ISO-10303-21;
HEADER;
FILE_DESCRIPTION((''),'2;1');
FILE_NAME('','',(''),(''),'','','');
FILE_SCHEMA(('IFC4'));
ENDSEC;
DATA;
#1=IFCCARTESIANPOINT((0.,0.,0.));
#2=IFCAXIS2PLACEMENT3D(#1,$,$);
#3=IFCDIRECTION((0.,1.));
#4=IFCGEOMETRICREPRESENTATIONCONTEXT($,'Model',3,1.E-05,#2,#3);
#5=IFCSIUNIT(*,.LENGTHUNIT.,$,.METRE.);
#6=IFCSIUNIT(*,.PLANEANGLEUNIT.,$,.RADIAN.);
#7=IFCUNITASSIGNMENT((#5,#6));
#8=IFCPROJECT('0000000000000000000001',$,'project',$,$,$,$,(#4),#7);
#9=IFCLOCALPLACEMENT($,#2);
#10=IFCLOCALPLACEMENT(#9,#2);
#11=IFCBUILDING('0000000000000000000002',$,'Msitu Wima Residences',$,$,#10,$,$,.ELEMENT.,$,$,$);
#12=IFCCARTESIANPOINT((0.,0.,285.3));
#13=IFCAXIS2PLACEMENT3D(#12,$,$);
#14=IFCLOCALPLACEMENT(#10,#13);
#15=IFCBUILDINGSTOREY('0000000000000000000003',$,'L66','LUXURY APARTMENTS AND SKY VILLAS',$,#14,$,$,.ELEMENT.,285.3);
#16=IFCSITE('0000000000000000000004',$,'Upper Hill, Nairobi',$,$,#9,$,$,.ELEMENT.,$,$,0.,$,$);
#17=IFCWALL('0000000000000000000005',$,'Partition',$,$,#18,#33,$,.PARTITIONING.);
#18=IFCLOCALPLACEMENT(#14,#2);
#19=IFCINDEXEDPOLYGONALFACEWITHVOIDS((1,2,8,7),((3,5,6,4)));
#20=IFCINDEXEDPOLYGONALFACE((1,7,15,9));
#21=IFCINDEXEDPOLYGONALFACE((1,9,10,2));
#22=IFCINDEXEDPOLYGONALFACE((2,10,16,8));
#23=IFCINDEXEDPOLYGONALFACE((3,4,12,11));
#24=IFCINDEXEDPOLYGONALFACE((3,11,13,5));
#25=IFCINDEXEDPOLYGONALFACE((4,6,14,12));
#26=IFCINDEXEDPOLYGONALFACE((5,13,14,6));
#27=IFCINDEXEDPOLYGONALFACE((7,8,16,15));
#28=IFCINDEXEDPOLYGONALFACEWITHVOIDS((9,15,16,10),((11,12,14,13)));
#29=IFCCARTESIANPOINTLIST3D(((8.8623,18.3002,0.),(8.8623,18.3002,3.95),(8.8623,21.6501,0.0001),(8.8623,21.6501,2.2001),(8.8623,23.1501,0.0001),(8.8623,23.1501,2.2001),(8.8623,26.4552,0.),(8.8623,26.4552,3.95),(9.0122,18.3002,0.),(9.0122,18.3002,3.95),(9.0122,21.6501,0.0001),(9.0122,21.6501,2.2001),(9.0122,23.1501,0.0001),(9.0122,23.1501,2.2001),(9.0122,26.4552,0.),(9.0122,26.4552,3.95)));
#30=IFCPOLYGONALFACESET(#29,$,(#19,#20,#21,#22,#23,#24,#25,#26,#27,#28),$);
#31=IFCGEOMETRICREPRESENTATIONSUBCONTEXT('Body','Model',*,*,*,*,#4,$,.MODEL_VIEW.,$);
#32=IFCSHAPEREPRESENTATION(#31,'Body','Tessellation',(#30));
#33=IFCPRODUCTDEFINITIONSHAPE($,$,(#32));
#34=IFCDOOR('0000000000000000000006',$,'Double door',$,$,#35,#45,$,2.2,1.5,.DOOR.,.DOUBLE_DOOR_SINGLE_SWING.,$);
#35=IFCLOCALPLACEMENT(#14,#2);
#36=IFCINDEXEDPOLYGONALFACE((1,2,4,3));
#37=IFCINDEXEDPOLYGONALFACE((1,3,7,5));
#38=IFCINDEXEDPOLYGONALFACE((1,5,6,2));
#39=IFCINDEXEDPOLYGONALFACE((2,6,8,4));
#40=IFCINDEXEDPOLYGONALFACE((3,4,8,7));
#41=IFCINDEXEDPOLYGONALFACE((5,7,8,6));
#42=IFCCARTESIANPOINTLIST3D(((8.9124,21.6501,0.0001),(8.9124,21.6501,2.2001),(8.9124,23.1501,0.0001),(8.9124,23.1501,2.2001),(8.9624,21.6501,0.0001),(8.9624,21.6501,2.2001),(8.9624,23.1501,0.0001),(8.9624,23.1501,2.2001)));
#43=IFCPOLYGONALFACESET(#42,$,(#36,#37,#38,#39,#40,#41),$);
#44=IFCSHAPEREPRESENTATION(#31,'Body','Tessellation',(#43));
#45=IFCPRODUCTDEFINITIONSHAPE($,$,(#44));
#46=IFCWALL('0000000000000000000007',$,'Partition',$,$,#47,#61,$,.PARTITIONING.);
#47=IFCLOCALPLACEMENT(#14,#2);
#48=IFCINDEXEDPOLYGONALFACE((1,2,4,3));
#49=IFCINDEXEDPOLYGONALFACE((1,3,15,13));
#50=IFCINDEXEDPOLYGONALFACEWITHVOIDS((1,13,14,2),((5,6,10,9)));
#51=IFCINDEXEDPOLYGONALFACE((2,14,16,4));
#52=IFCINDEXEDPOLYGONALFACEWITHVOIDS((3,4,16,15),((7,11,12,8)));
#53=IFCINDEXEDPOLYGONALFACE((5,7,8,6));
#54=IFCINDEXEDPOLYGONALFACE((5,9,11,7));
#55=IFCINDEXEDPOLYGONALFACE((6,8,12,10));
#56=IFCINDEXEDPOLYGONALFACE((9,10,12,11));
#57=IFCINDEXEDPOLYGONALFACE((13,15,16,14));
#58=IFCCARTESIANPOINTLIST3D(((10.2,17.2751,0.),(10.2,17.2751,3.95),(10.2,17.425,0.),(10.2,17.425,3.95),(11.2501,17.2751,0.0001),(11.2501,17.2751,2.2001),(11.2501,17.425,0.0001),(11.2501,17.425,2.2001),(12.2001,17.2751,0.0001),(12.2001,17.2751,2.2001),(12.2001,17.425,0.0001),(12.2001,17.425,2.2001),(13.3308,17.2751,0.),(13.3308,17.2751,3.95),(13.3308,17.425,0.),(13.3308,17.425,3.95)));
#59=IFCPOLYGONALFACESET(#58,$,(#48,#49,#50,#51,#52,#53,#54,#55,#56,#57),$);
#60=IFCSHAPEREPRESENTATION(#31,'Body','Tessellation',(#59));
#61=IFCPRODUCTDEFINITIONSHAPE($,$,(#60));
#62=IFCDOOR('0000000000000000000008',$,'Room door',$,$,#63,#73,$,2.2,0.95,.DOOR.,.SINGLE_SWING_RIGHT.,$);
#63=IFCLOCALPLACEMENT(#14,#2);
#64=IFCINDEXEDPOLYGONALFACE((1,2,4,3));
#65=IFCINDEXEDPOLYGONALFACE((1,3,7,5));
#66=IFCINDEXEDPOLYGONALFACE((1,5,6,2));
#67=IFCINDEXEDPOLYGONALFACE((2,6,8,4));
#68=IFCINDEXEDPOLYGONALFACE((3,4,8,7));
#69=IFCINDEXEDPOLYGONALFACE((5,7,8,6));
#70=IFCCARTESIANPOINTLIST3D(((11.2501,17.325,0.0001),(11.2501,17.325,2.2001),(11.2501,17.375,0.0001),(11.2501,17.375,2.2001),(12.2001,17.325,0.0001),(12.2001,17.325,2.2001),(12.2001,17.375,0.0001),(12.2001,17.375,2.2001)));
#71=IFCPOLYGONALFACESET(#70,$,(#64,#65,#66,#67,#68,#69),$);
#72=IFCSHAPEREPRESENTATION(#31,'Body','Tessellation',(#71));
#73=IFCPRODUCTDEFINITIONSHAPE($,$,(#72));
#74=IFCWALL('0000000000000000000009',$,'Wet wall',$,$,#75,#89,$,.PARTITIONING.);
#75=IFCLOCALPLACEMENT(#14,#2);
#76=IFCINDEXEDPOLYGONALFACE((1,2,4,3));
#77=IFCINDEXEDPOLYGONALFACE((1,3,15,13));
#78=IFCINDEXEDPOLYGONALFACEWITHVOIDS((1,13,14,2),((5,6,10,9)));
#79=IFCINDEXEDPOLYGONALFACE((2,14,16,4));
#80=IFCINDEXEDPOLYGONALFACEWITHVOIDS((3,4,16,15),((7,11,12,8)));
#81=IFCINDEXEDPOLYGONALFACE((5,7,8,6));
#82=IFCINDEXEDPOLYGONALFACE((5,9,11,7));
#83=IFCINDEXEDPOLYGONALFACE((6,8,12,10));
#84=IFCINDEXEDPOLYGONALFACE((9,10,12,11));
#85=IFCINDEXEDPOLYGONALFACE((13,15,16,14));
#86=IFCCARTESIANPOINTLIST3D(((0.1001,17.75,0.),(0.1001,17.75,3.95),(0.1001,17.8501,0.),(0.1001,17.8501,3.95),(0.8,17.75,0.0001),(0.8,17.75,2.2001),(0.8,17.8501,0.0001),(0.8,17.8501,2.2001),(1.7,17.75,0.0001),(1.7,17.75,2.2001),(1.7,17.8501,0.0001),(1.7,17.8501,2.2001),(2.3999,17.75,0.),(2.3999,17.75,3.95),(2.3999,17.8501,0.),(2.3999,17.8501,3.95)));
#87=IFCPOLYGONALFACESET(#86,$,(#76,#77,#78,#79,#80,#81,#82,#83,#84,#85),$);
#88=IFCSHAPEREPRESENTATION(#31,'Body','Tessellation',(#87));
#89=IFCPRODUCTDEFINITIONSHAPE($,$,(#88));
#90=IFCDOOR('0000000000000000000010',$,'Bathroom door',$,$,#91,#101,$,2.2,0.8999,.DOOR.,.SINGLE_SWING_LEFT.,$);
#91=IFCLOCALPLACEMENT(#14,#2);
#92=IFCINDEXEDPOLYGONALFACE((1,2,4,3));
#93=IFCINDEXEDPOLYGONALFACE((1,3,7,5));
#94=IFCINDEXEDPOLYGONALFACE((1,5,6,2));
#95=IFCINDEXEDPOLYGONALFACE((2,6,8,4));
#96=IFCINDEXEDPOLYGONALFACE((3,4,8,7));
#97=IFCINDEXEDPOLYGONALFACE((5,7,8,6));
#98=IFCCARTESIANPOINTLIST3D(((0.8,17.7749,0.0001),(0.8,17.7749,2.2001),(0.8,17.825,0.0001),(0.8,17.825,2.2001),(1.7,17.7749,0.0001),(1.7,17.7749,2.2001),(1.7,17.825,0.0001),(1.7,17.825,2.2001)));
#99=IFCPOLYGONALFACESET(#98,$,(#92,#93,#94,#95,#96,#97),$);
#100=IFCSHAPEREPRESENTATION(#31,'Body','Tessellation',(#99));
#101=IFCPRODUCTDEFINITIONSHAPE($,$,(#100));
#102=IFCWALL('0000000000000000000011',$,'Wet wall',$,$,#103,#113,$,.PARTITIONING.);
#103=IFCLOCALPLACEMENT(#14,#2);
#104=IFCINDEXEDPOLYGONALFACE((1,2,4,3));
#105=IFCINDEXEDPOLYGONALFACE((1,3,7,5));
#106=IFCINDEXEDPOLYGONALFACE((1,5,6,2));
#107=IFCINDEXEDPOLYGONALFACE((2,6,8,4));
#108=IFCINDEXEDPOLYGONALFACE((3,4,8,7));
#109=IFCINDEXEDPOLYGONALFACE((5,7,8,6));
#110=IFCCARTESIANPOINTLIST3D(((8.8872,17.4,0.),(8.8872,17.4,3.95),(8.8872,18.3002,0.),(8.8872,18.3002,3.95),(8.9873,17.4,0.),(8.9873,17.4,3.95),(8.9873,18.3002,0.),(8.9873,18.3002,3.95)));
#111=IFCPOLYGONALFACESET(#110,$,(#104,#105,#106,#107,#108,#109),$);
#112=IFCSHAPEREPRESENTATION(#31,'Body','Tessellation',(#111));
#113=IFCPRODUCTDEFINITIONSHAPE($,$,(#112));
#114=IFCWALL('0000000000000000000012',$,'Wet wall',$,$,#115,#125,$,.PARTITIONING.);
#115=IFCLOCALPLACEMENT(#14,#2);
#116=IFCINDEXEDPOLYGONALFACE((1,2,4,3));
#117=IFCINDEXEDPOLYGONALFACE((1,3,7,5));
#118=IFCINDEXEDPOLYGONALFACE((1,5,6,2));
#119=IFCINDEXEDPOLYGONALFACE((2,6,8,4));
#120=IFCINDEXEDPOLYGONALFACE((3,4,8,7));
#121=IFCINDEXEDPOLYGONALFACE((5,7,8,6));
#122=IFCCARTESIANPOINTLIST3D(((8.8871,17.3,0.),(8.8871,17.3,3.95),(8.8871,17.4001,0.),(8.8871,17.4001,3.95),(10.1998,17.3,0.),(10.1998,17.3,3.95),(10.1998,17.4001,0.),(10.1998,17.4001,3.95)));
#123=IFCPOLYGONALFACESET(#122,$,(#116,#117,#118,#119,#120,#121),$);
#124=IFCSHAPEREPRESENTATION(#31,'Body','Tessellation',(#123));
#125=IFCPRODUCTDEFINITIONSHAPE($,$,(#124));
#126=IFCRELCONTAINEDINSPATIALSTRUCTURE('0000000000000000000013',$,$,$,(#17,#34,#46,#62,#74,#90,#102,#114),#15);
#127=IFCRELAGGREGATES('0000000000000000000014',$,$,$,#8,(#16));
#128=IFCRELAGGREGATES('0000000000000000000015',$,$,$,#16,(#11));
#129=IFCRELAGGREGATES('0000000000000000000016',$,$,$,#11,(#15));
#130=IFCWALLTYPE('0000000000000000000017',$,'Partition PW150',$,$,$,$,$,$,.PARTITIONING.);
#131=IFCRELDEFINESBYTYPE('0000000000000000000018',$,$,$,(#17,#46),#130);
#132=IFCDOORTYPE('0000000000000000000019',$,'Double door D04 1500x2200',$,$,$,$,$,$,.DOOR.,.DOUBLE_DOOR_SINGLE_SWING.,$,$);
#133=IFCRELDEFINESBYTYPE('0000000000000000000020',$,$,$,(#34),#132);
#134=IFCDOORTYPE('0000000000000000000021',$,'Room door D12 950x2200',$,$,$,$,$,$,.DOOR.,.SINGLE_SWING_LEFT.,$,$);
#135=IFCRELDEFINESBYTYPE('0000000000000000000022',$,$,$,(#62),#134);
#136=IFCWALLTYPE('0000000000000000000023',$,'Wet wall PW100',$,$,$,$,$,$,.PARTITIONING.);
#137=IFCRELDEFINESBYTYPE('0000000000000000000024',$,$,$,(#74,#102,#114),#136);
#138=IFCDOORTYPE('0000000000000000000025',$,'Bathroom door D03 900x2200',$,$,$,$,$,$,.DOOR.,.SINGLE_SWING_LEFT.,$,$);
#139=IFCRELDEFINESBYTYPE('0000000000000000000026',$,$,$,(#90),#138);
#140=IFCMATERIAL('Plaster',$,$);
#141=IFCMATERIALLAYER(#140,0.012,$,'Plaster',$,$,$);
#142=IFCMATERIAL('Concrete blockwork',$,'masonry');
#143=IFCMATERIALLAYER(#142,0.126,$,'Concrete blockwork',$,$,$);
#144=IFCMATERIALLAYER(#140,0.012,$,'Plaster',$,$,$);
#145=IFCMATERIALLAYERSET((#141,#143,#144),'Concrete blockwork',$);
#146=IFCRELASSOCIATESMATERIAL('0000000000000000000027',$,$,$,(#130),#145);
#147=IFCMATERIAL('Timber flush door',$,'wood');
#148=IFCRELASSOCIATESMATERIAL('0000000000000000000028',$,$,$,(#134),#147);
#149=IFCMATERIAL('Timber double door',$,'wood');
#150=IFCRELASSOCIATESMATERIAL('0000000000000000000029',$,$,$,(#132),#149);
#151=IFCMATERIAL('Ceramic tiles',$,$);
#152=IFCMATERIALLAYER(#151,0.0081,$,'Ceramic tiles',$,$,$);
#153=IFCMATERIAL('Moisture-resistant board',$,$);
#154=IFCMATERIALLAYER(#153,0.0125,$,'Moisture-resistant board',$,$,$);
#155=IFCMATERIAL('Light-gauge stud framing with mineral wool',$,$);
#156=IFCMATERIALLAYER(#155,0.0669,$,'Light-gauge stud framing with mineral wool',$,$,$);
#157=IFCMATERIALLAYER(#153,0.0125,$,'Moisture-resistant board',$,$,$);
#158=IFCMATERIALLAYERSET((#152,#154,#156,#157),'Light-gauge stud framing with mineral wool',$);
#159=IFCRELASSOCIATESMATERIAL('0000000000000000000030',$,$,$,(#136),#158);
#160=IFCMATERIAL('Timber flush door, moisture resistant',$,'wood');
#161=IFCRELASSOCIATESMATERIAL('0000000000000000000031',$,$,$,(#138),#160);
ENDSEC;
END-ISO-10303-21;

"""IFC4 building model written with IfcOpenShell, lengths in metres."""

from ifc_helpers import new_model, si_unit, direction, frame, frame_2d, origin, place, context, subcontext, project, spatial, rectangle, extrude, material, layer, layer_set, type_object, element, fill, save


model = new_model("IFC4")

# Units and contexts
model_context = context("Model", 3, precision=1e-05, world=origin(), true_north=direction((0.0, 1.0)))
body_context = subcontext(model_context, "Body", "Model", "MODEL_VIEW")
ifc_project = project(units=[si_unit("LENGTHUNIT", "METRE"), si_unit("PLANEANGLEUNIT", "RADIAN")], contexts=[model_context])

# Site, building, storey
site_placement = place(None, origin())
site = spatial("IfcSite", under=ifc_project, at=site_placement, Name="Upper Hill, Nairobi", CompositionType="ELEMENT", RefElevation=0.0)
building_placement = place(site_placement, origin())
building = spatial("IfcBuilding", under=site, at=building_placement, Name="Msitu Wima Residences", CompositionType="ELEMENT")
storey_placement = place(building_placement, frame((0.0, 0.0, 285.3)))
storey = spatial("IfcBuildingStorey", under=building, at=storey_placement, Name="L66", Description="LUXURY APARTMENTS AND SKY VILLAS", CompositionType="ELEMENT", Elevation=285.3)

# Walls, openings, doors
ifc_material_1 = material(Name="Plaster")
ifc_layer_1 = layer(ifc_material_1, 0.012, Name="Plaster")
ifc_material_2 = material(Name="Concrete blockwork", Category="masonry")
ifc_layer_2 = layer(ifc_material_2, 0.126, Name="Concrete blockwork")
ifc_layer_3 = layer(ifc_material_1, 0.012, Name="Plaster")
ifc_layer_set_1 = layer_set([ifc_layer_1, ifc_layer_2, ifc_layer_3], Name="Concrete blockwork")
wall_type_1 = type_object("IfcWallType", Name="Partition PW150", PredefinedType="PARTITIONING", material=ifc_layer_set_1)
ifc_material_3 = material(Name="Timber flush door", Category="wood")
door_type_1 = type_object("IfcDoorType", Name="Room door D12 950x2200", OperationType="SINGLE_SWING_LEFT", PredefinedType="DOOR", material=ifc_material_3)
wall_1_placement = place(storey_placement, frame((8.9373, 18.3, 0.0), z_axis=(0.0, 0.0, 1.0), x_axis=(0.0, 1.0, 0.0)))
wall_1 = element("IfcWall", 1, at=wall_1_placement, inside=storey, type_object=wall_type_1, Name="Partition", PredefinedType="PARTITIONING", context=body_context, shape_type="SweptSolid", body=[
    extrude(rectangle(XDim=8.155, YDim=0.1499, at=frame_2d((4.0776, 0.0))), origin(), (0.0, 0.0, 1.0), 3.95),
])
opening_1_placement = place(wall_1_placement, frame((3.3501, 0.0, 0.0)))
opening_1 = element("IfcOpeningElement", 2, at=opening_1_placement, cuts=wall_1, PredefinedType="OPENING", context=body_context, shape_type="SweptSolid", body=[
    extrude(rectangle(XDim=1.5, YDim=2.2, at=frame_2d((0.75, 1.1001))), frame((0.0, 0.085, 0.0), z_axis=(0.0, -1.0, 0.0), x_axis=(1.0, 0.0, 0.0)), (0.0, 0.0, 1.0), 0.1699),
])
ifc_material_4 = material(Name="Timber double door", Category="wood")
door_type_2 = type_object("IfcDoorType", Name="Double door D04 1500x2200", OperationType="DOUBLE_DOOR_SINGLE_SWING", PredefinedType="DOOR", material=ifc_material_4)
door_1_placement = place(opening_1_placement, origin())
door_1 = element("IfcDoor", 3, at=door_1_placement, inside=storey, type_object=door_type_2, Name="Double door", OperationType="DOUBLE_DOOR_SINGLE_SWING", OverallHeight=2.2, OverallWidth=1.5, PredefinedType="DOOR", context=body_context, shape_type="SweptSolid", body=[
    extrude(rectangle(XDim=1.5, YDim=2.2, at=frame_2d((0.75, 1.1001))), frame((0.0, 0.0249, 0.0), z_axis=(0.0, -1.0, 0.0), x_axis=(1.0, 0.0, 0.0)), (0.0, 0.0, 1.0), 0.05),
])
fill(opening_1, door_1)
wall_2_placement = place(storey_placement, frame((10.2, 17.3501, 0.0), z_axis=(0.0, 0.0, 1.0), x_axis=(1.0, 0.0, 0.0)))
wall_2 = element("IfcWall", 4, at=wall_2_placement, inside=storey, type_object=wall_type_1, Name="Partition", PredefinedType="PARTITIONING", context=body_context, shape_type="SweptSolid", body=[
    extrude(rectangle(XDim=3.1309, YDim=0.1499, at=frame_2d((1.5654, 0.0))), origin(), (0.0, 0.0, 1.0), 3.95),
])
opening_2_placement = place(wall_2_placement, frame((1.05, 0.0, 0.0)))
opening_2 = element("IfcOpeningElement", 5, at=opening_2_placement, cuts=wall_2, PredefinedType="OPENING", context=body_context, shape_type="SweptSolid", body=[
    extrude(rectangle(XDim=0.95, YDim=2.2, at=frame_2d((0.4751, 1.1001))), frame((0.0, 0.085, 0.0), z_axis=(0.0, -1.0, 0.0), x_axis=(1.0, 0.0, 0.0)), (0.0, 0.0, 1.0), 0.1699),
])
door_2_placement = place(opening_2_placement, origin())
door_2 = element("IfcDoor", 6, at=door_2_placement, inside=storey, type_object=door_type_1, Name="Room door", OperationType="SINGLE_SWING_RIGHT", OverallHeight=2.2, OverallWidth=0.95, PredefinedType="DOOR", context=body_context, shape_type="SweptSolid", body=[
    extrude(rectangle(XDim=0.95, YDim=2.2, at=frame_2d((0.4751, 1.1001))), frame((0.0, 0.0249, 0.0), z_axis=(0.0, -1.0, 0.0), x_axis=(1.0, 0.0, 0.0)), (0.0, 0.0, 1.0), 0.05),
])
fill(opening_2, door_2)
ifc_material_5 = material(Name="Ceramic tiles")
ifc_layer_4 = layer(ifc_material_5, 0.0081, Name="Ceramic tiles")
ifc_material_6 = material(Name="Moisture-resistant board")
ifc_layer_5 = layer(ifc_material_6, 0.0125, Name="Moisture-resistant board")
ifc_material_7 = material(Name="Light-gauge stud framing with mineral wool")
ifc_layer_6 = layer(ifc_material_7, 0.0669, Name="Light-gauge stud framing with mineral wool")
ifc_layer_7 = layer(ifc_material_6, 0.0125, Name="Moisture-resistant board")
ifc_layer_set_2 = layer_set([ifc_layer_4, ifc_layer_5, ifc_layer_6, ifc_layer_7], Name="Light-gauge stud framing with mineral wool")
wall_type_2 = type_object("IfcWallType", Name="Wet wall PW100", PredefinedType="PARTITIONING", material=ifc_layer_set_2)
wall_3_placement = place(storey_placement, frame((0.1001, 17.8, 0.0), z_axis=(0.0, 0.0, 1.0), x_axis=(1.0, 0.0, 0.0)))
wall_3 = element("IfcWall", 7, at=wall_3_placement, inside=storey, type_object=wall_type_2, Name="Wet wall", PredefinedType="PARTITIONING", context=body_context, shape_type="SweptSolid", body=[
    extrude(rectangle(XDim=2.2998, YDim=0.1001, at=frame_2d((1.1499, 0.0))), origin(), (0.0, 0.0, 1.0), 3.95),
])
opening_3_placement = place(wall_3_placement, frame((0.7, 0.0, 0.0)))
opening_3 = element("IfcOpeningElement", 8, at=opening_3_placement, cuts=wall_3, PredefinedType="OPENING", context=body_context, shape_type="SweptSolid", body=[
    extrude(rectangle(XDim=0.8999, YDim=2.2, at=frame_2d((0.45, 1.1001))), frame((0.0, 0.0601, 0.0), z_axis=(0.0, -1.0, 0.0), x_axis=(1.0, 0.0, 0.0)), (0.0, 0.0, 1.0), 0.1201),
])
ifc_material_8 = material(Name="Timber flush door, moisture resistant", Category="wood")
door_type_3 = type_object("IfcDoorType", Name="Bathroom door D03 900x2200", OperationType="SINGLE_SWING_LEFT", PredefinedType="DOOR", material=ifc_material_8)
door_3_placement = place(opening_3_placement, origin())
door_3 = element("IfcDoor", 9, at=door_3_placement, inside=storey, type_object=door_type_3, Name="Bathroom door", OperationType="SINGLE_SWING_LEFT", OverallHeight=2.2, OverallWidth=0.8999, PredefinedType="DOOR", context=body_context, shape_type="SweptSolid", body=[
    extrude(rectangle(XDim=0.8999, YDim=2.2, at=frame_2d((0.45, 1.1001))), frame((0.0, 0.0249, 0.0), z_axis=(0.0, -1.0, 0.0), x_axis=(1.0, 0.0, 0.0)), (0.0, 0.0, 1.0), 0.05),
])
fill(opening_3, door_3)

# Walls
wall_4_placement = place(storey_placement, frame((8.9373, 17.3999, 0.0), z_axis=(0.0, 0.0, 1.0), x_axis=(0.0, 1.0, 0.0)))
element("IfcWall", 10, at=wall_4_placement, inside=storey, type_object=wall_type_2, Name="Wet wall", PredefinedType="PARTITIONING", context=body_context, shape_type="SweptSolid", body=[
    extrude(rectangle(XDim=0.9001, YDim=0.1001, at=frame_2d((0.4502, 0.0))), origin(), (0.0, 0.0, 1.0), 3.95),
])
wall_5_placement = place(storey_placement, frame((8.8872, 17.3501, 0.0), z_axis=(0.0, 0.0, 1.0), x_axis=(1.0, 0.0, 0.0)))
element("IfcWall", 11, at=wall_5_placement, inside=storey, type_object=wall_type_2, Name="Wet wall", PredefinedType="PARTITIONING", context=body_context, shape_type="SweptSolid", body=[
    extrude(rectangle(XDim=1.3127, YDim=0.1001, at=frame_2d((0.6562, 0.0))), origin(), (0.0, 0.0, 1.0), 3.95),
])

save(model, "model.ifc")
